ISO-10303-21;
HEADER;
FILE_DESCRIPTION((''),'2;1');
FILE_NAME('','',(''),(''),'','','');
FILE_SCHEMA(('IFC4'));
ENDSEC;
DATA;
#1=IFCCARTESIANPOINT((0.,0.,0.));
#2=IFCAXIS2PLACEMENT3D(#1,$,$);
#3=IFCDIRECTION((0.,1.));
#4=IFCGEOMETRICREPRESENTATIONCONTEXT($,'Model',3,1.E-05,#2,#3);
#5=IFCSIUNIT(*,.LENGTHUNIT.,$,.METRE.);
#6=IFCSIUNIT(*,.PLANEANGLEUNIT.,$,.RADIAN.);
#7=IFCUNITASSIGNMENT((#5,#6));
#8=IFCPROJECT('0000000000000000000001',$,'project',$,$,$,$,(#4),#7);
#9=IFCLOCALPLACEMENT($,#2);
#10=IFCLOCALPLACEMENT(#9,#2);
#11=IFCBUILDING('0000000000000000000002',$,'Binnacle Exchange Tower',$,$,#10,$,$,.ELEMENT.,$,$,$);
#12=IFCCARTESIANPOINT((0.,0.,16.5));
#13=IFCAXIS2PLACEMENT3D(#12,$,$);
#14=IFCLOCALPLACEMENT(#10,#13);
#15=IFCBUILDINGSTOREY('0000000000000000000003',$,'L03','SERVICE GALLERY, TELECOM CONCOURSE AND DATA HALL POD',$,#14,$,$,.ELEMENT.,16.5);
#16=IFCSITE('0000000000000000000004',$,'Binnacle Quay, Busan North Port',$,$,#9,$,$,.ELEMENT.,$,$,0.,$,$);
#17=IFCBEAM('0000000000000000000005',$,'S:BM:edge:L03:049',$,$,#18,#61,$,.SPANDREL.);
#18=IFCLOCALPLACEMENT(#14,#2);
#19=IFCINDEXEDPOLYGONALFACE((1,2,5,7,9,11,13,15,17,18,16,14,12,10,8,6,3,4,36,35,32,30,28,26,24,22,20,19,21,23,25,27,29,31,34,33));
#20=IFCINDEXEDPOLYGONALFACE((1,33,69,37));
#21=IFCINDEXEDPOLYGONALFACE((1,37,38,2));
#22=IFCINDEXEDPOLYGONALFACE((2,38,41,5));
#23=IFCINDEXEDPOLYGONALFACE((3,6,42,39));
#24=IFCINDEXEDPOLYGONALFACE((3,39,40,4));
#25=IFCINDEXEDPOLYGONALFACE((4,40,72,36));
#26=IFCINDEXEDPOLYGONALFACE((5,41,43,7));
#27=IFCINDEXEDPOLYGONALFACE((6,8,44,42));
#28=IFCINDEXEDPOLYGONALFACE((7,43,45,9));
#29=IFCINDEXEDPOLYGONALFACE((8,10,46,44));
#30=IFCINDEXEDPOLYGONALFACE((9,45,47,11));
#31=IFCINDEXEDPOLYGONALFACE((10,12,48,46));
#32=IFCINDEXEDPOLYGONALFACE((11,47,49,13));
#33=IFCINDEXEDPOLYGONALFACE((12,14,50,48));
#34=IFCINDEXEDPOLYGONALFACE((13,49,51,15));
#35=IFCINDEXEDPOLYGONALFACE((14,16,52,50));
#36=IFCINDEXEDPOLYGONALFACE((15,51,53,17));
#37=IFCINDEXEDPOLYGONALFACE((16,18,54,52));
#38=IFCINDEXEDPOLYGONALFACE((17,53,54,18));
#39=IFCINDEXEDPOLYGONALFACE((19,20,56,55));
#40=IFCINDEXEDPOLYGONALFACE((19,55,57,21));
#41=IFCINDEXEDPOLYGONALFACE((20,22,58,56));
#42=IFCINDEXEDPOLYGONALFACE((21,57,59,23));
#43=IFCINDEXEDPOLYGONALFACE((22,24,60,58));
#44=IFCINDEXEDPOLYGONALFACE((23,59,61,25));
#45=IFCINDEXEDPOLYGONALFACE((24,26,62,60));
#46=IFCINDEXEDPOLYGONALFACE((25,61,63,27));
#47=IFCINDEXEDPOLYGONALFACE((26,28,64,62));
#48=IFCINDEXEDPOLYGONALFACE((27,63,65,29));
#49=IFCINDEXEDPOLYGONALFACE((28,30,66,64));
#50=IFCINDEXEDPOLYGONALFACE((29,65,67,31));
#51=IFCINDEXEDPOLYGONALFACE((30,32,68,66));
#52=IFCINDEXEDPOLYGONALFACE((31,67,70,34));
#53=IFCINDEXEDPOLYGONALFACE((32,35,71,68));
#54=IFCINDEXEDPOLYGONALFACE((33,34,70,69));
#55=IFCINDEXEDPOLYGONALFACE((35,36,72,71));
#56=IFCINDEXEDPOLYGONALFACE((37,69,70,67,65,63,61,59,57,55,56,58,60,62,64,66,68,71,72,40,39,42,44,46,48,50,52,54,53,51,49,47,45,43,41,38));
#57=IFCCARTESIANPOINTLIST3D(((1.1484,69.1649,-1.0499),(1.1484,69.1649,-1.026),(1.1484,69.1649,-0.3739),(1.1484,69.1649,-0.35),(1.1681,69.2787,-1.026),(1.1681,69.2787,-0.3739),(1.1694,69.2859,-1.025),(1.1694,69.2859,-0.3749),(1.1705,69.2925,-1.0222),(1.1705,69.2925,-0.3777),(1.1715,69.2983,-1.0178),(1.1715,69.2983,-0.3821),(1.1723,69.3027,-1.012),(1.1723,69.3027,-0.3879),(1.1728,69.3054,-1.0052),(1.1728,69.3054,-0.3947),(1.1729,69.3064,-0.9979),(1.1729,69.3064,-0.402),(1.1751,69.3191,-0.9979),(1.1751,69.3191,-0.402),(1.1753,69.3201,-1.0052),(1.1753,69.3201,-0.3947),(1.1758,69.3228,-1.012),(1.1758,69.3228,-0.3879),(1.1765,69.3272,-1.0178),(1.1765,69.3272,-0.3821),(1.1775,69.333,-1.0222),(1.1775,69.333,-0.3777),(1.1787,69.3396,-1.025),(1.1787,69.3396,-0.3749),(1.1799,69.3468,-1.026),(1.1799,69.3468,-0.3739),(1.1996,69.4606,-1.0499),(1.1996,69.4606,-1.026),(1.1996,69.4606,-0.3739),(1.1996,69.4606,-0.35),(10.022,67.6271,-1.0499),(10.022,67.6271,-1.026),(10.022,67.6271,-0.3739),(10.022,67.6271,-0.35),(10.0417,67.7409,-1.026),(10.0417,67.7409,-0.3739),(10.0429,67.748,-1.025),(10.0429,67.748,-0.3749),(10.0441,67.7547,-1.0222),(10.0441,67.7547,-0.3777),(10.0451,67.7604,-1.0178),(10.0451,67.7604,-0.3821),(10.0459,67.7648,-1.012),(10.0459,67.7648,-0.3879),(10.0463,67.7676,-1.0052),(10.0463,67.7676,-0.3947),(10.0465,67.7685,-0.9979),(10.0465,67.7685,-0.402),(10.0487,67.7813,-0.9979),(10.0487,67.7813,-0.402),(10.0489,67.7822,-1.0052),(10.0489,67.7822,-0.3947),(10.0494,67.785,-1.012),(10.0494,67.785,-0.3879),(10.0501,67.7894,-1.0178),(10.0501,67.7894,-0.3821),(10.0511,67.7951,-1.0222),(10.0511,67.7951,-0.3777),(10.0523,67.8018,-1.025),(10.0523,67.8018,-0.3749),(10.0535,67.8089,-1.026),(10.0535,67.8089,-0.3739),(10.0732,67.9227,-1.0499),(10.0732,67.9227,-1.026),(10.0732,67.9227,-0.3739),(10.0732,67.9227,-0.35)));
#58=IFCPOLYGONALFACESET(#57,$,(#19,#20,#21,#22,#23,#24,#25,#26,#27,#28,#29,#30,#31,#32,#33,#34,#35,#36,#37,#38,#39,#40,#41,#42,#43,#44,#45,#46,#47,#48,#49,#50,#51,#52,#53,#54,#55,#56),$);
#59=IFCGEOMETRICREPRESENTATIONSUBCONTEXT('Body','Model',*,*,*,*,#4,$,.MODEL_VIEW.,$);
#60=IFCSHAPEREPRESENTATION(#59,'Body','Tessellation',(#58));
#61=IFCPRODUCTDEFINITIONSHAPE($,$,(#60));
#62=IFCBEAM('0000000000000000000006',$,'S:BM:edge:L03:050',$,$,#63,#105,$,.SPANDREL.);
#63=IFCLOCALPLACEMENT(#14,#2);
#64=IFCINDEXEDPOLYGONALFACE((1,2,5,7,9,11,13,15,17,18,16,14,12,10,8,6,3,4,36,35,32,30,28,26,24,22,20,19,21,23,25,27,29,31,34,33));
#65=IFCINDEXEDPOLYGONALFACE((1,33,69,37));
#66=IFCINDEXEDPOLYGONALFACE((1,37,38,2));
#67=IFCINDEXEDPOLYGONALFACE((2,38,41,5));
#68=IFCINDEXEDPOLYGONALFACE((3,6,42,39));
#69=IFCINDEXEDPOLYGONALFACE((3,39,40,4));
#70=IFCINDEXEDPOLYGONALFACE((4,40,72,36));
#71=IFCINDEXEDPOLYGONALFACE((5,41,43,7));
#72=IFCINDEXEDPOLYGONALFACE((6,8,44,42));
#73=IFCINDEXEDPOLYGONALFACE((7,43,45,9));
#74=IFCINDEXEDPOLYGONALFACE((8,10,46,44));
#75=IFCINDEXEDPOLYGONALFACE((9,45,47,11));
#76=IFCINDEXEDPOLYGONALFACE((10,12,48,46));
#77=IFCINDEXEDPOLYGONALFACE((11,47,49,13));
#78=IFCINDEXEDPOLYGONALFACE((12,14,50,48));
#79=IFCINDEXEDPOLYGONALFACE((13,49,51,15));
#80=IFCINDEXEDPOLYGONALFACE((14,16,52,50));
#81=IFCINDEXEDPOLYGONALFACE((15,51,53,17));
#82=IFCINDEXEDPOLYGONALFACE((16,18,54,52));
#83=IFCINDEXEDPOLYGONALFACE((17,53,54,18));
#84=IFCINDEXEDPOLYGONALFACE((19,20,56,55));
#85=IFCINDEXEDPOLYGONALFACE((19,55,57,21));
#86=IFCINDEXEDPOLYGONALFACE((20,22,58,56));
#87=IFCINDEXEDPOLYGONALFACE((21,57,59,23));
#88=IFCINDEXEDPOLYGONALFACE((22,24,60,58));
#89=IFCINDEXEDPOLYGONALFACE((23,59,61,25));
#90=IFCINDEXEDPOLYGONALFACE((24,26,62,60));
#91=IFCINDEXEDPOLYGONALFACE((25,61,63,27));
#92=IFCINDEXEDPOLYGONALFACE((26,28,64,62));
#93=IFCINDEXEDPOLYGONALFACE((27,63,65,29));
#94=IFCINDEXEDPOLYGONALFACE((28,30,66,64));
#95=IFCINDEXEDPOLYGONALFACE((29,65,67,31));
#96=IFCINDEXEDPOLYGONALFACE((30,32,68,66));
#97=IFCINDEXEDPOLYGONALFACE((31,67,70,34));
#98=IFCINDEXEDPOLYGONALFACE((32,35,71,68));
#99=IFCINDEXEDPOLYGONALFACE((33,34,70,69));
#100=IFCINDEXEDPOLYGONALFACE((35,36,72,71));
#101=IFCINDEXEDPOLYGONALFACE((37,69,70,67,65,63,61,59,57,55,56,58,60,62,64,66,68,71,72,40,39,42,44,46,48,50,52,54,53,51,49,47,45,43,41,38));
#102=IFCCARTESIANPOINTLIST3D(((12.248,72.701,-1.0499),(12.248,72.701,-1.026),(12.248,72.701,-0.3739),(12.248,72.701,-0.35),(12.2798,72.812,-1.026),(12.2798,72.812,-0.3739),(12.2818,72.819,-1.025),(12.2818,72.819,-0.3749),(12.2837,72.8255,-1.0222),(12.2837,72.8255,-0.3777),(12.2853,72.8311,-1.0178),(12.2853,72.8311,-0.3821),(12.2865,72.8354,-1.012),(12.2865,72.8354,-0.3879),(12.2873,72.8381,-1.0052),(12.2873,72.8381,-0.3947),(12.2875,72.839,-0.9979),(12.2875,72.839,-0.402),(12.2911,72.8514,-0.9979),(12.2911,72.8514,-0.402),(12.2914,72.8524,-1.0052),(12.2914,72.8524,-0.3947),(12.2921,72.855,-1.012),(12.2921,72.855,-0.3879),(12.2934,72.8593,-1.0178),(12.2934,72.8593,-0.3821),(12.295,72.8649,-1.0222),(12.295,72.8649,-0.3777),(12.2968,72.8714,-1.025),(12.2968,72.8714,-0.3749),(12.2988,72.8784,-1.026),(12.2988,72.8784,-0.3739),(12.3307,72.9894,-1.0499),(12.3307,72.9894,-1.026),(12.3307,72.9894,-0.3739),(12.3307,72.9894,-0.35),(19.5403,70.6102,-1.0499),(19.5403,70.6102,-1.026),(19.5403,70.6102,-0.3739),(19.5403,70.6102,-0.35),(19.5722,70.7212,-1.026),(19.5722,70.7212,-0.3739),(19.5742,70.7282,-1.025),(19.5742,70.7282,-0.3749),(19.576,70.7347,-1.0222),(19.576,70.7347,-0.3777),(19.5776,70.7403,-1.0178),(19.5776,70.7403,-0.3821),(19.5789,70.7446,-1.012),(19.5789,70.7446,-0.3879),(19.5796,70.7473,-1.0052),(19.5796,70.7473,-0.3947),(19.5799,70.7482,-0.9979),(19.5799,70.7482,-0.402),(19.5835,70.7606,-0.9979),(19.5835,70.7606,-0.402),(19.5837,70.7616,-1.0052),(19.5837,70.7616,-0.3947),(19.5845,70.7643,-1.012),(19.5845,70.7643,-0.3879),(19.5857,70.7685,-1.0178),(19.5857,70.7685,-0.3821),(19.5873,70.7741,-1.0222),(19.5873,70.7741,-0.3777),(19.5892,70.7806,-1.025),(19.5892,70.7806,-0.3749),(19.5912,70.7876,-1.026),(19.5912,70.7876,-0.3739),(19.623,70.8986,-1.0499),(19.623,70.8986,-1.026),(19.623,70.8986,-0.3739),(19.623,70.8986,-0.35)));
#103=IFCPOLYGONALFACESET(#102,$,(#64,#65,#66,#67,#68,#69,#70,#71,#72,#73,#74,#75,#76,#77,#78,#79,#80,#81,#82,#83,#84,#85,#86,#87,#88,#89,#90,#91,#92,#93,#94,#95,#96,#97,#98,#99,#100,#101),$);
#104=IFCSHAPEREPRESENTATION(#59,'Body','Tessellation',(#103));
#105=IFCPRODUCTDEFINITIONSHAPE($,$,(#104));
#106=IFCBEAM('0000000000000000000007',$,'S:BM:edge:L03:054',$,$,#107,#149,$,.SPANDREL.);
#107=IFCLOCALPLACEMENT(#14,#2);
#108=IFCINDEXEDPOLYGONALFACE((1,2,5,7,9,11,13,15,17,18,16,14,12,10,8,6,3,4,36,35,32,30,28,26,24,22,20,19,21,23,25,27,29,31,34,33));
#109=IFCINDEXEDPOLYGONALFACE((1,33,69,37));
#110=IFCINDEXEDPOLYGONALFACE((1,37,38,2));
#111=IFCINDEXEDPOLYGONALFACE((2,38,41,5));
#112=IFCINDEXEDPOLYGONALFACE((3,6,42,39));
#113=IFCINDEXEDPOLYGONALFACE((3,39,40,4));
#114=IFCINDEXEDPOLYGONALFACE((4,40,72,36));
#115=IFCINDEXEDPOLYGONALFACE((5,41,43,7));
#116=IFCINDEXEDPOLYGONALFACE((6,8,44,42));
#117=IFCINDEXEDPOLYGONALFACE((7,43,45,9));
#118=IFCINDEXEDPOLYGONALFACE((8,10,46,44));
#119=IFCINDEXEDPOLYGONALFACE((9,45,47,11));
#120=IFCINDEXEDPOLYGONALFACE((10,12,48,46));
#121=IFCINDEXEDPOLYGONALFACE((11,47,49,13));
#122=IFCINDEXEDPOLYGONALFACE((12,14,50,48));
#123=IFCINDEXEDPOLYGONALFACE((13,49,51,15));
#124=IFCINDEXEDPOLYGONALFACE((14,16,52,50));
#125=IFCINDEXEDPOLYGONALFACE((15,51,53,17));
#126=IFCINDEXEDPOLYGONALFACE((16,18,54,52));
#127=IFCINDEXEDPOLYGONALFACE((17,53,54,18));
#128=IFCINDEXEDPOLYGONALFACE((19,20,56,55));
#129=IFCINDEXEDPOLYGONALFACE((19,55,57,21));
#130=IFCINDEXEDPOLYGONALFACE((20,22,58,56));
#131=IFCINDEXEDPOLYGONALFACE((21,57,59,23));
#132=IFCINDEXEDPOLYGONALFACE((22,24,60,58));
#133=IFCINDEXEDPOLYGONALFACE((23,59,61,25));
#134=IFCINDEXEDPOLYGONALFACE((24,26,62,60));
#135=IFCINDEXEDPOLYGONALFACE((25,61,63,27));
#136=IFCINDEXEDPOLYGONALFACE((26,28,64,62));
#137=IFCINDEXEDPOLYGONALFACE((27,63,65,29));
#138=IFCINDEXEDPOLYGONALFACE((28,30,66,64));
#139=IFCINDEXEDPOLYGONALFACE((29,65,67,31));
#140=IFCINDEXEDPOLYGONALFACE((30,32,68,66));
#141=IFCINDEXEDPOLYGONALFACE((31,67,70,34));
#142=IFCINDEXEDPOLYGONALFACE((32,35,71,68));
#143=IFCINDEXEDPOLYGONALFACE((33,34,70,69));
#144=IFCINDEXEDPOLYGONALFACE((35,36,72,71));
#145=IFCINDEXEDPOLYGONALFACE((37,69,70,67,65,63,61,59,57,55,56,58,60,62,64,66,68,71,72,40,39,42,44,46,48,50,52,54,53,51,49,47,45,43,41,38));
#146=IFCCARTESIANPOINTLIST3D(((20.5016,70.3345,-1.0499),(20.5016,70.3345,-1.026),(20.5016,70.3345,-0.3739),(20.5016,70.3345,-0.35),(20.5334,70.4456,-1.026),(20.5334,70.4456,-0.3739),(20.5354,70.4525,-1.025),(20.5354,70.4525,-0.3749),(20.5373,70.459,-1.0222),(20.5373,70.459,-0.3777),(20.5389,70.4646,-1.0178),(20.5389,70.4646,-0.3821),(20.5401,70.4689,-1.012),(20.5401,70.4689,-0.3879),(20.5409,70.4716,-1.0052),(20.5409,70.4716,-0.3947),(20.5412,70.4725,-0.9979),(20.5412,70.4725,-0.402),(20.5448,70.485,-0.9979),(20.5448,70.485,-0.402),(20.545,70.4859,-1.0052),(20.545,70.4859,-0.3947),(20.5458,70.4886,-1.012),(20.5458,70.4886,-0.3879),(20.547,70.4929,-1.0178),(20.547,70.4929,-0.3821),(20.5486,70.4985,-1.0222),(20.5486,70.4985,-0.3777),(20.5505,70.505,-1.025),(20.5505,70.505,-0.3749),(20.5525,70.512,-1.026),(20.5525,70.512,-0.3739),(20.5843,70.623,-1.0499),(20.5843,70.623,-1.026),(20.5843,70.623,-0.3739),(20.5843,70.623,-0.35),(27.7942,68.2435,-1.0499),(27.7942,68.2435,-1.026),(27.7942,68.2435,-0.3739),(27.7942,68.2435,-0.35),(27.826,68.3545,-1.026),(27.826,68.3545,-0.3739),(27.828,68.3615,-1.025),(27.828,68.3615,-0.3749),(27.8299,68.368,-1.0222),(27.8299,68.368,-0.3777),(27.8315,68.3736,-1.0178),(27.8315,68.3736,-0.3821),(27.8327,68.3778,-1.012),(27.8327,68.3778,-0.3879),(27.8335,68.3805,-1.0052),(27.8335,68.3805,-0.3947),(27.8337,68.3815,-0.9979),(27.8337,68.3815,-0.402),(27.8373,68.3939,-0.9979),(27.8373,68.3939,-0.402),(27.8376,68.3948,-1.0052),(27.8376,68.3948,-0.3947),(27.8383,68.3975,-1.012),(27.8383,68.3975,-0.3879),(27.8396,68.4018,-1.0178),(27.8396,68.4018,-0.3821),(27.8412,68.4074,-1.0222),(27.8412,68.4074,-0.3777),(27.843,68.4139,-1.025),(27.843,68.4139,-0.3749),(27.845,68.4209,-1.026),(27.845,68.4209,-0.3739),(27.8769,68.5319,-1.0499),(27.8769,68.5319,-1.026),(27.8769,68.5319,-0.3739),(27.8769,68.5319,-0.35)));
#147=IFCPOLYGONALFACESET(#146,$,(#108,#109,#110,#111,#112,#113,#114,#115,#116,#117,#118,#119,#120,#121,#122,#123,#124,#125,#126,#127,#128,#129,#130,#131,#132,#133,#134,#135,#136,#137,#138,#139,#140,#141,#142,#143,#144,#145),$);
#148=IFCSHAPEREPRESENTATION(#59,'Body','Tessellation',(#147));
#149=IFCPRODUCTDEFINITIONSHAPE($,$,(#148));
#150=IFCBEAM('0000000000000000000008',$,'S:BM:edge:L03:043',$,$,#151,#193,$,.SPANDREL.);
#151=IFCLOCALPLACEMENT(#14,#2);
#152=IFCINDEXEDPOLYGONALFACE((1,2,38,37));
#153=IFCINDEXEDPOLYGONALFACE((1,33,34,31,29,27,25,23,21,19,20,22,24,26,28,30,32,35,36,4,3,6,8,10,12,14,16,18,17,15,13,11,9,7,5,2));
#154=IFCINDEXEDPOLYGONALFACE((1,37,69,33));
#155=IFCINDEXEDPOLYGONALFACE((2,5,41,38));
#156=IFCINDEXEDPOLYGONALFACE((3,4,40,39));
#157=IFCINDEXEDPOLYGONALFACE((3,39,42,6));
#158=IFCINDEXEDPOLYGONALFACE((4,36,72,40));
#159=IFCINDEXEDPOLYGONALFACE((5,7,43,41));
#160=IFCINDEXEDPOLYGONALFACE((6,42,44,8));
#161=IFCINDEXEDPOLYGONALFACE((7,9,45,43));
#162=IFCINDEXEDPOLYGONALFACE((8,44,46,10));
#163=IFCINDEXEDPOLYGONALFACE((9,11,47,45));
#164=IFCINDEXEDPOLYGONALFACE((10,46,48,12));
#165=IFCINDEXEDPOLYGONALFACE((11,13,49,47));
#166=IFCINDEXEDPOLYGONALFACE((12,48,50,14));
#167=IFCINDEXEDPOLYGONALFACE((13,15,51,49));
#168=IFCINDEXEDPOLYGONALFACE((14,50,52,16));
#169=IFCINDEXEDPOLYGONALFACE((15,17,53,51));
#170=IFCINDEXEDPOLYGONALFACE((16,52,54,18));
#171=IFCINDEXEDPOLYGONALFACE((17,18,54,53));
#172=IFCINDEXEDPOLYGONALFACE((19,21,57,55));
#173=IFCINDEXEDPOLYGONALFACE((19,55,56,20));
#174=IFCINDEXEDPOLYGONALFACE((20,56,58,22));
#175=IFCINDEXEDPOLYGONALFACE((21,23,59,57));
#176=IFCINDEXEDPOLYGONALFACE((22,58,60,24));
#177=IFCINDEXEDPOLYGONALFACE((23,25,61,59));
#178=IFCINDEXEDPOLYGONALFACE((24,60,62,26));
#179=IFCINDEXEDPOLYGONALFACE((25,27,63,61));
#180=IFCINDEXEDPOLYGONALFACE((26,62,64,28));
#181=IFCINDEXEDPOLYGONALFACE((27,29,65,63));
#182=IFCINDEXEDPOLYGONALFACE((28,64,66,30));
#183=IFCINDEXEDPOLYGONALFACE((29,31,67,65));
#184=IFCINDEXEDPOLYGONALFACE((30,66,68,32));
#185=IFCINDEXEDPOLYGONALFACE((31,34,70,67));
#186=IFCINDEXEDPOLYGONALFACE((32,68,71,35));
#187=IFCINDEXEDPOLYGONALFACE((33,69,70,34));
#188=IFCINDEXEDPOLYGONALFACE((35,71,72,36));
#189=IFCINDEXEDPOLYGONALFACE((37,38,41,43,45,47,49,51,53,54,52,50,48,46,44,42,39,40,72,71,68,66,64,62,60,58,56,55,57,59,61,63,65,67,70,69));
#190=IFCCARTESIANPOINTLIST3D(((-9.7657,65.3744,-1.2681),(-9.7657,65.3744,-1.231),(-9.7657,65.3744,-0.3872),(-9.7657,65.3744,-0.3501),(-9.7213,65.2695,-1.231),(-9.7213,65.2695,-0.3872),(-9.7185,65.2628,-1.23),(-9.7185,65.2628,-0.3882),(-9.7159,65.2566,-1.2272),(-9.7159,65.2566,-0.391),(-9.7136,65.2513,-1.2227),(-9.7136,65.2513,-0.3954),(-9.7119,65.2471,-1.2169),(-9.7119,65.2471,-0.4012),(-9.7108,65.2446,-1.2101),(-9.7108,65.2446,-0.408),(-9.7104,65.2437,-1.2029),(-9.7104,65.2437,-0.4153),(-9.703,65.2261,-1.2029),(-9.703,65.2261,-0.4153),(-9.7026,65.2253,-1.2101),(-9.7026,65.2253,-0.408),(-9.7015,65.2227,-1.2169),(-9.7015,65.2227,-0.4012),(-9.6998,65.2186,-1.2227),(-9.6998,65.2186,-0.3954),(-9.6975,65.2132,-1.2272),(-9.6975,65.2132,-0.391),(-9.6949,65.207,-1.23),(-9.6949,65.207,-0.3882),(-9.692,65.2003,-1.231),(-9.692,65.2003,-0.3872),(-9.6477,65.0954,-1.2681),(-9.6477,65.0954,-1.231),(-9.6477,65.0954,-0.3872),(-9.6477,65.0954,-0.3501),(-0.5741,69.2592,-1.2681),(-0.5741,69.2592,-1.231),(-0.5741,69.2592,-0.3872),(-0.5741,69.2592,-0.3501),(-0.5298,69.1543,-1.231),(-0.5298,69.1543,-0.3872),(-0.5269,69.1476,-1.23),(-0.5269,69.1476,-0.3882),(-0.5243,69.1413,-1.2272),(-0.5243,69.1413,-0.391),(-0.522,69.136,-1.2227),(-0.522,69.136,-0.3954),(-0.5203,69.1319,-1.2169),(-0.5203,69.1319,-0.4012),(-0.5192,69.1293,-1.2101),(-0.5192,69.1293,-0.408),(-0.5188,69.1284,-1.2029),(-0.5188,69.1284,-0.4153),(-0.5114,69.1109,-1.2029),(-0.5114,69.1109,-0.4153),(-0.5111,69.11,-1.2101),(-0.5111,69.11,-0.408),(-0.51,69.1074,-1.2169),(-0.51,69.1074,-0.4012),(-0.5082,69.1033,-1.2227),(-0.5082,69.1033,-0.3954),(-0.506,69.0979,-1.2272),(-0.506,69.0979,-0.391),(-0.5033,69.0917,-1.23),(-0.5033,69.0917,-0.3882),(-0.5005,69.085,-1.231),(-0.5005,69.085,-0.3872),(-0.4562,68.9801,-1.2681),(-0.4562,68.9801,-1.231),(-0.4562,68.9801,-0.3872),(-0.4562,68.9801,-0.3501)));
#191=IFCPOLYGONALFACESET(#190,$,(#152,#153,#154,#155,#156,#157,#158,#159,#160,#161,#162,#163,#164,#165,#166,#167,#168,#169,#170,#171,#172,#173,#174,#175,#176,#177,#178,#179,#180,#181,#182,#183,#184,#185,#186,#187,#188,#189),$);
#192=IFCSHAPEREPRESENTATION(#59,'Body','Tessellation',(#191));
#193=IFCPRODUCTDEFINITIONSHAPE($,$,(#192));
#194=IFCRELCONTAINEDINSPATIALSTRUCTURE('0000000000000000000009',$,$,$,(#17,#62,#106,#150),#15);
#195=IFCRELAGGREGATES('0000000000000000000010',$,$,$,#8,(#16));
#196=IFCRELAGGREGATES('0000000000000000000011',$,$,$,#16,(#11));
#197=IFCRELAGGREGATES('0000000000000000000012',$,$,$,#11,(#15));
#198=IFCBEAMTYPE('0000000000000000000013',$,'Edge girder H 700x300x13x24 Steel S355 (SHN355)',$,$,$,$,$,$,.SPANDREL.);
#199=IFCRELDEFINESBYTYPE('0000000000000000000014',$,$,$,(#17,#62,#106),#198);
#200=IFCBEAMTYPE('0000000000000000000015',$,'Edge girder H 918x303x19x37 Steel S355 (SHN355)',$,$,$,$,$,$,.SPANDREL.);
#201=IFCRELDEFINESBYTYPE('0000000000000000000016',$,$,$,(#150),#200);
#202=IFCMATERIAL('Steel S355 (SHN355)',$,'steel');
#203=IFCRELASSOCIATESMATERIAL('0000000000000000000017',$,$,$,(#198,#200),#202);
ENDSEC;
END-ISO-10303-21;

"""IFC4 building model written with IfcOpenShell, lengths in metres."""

from ifc_helpers import new_model, si_unit, direction, frame, origin, origin_2d, place, context, subcontext, project, spatial, i_section, extrude, material, material_profile, profile_set, type_object, element, save


model = new_model("IFC4")

# Units and contexts
model_context = context("Model", 3, precision=1e-05, world=origin(), true_north=direction((0.0, 1.0)))
body_context = subcontext(model_context, "Body", "Model", "MODEL_VIEW")
ifc_project = project(units=[si_unit("LENGTHUNIT", "METRE"), si_unit("PLANEANGLEUNIT", "RADIAN")], contexts=[model_context])

# Site, building, storey
site_placement = place(None, origin())
site = spatial("IfcSite", under=ifc_project, at=site_placement, Name="Binnacle Quay, Busan North Port", CompositionType="ELEMENT", RefElevation=0.0)
building_placement = place(site_placement, origin())
building = spatial("IfcBuilding", under=site, at=building_placement, Name="Binnacle Exchange Tower", CompositionType="ELEMENT")
storey_placement = place(building_placement, frame((0.0, 0.0, 16.5)))
storey = spatial("IfcBuildingStorey", under=building, at=storey_placement, Name="L03", Description="SERVICE GALLERY, TELECOM CONCOURSE AND DATA HALL POD", CompositionType="ELEMENT", Elevation=16.5)

# Beams
ifc_material_1 = material(Name="Steel S355 (SHN355)", Category="steel")
ifc_material_profile_1 = material_profile(ifc_material_1, i_section(OverallWidth=0.3, OverallDepth=0.7, WebThickness=0.0129, FlangeThickness=0.0239, FilletRadius=0.0281, at=origin_2d()), Name="H 700x300x13x24")
ifc_profile_set_1 = profile_set([ifc_material_profile_1], Name="Steel S355 (SHN355)")
beam_type_1 = type_object("IfcBeamType", Name="Edge girder H 700x300x13x24 Steel S355 (SHN355)", PredefinedType="SPANDREL", material=ifc_profile_set_1)
beam_1_placement = place(storey_placement, frame((10.0476, 67.7749, -0.7), z_axis=(-0.985312, 0.170761, 0.0), x_axis=(-0.170761, -0.985312, 0.0)))
element("IfcBeam", 1, at=beam_1_placement, inside=storey, type_object=beam_type_1, Name="S:BM:edge:L03:049", PredefinedType="SPANDREL", context=body_context, shape_type="SweptSolid", body=[
    extrude(i_section(OverallWidth=0.3, OverallDepth=0.7, WebThickness=0.0129, FlangeThickness=0.0239, FilletRadius=0.0281, at=origin_2d()), origin(), (0.0, 0.0, 1.0), 9.0059),
])
beam_2_placement = place(storey_placement, frame((12.2893, 72.8452, -0.7), z_axis=(0.961271, -0.275605, 0.0), x_axis=(0.275605, 0.961271, 0.0)))
element("IfcBeam", 2, at=beam_2_placement, inside=storey, type_object=beam_type_1, Name="S:BM:edge:L03:050", PredefinedType="SPANDREL", context=body_context, shape_type="SweptSolid", body=[
    extrude(i_section(OverallWidth=0.3, OverallDepth=0.7, WebThickness=0.0129, FlangeThickness=0.0239, FilletRadius=0.0281, at=origin_2d()), origin(), (0.0, 0.0, 1.0), 7.5862),
])
beam_3_placement = place(storey_placement, frame((20.543, 70.4788, -0.7), z_axis=(0.961262, -0.275635, 0.0), x_axis=(0.275635, 0.961262, 0.0)))
element("IfcBeam", 3, at=beam_3_placement, inside=storey, type_object=beam_type_1, Name="S:BM:edge:L03:054", PredefinedType="SPANDREL", context=body_context, shape_type="SweptSolid", body=[
    extrude(i_section(OverallWidth=0.3, OverallDepth=0.7, WebThickness=0.0129, FlangeThickness=0.0239, FilletRadius=0.0281, at=origin_2d()), origin(), (0.0, 0.0, 1.0), 7.5864),
])
ifc_material_profile_2 = material_profile(ifc_material_1, i_section(OverallWidth=0.303, OverallDepth=0.918, WebThickness=0.019, FlangeThickness=0.0371, FilletRadius=0.0281, at=origin_2d()), Name="H 918x303x19x37")
ifc_profile_set_2 = profile_set([ifc_material_profile_2], Name="Steel S355 (SHN355)")
beam_type_2 = type_object("IfcBeamType", Name="Edge girder H 918x303x19x37 Steel S355 (SHN355)", PredefinedType="SPANDREL", material=ifc_profile_set_2)
beam_4_placement = place(storey_placement, frame((-0.5151, 69.1196, -0.8091), z_axis=(-0.921111, -0.389299, 0.0), x_axis=(0.389299, -0.921111, 0.0)))
element("IfcBeam", 4, at=beam_4_placement, inside=storey, type_object=beam_type_2, Name="S:BM:edge:L03:043", PredefinedType="SPANDREL", context=body_context, shape_type="SweptSolid", body=[
    extrude(i_section(OverallWidth=0.303, OverallDepth=0.918, WebThickness=0.019, FlangeThickness=0.0371, FilletRadius=0.0281, at=origin_2d()), origin(), (0.0, 0.0, 1.0), 9.9788),
])

save(model, "model.ifc")
